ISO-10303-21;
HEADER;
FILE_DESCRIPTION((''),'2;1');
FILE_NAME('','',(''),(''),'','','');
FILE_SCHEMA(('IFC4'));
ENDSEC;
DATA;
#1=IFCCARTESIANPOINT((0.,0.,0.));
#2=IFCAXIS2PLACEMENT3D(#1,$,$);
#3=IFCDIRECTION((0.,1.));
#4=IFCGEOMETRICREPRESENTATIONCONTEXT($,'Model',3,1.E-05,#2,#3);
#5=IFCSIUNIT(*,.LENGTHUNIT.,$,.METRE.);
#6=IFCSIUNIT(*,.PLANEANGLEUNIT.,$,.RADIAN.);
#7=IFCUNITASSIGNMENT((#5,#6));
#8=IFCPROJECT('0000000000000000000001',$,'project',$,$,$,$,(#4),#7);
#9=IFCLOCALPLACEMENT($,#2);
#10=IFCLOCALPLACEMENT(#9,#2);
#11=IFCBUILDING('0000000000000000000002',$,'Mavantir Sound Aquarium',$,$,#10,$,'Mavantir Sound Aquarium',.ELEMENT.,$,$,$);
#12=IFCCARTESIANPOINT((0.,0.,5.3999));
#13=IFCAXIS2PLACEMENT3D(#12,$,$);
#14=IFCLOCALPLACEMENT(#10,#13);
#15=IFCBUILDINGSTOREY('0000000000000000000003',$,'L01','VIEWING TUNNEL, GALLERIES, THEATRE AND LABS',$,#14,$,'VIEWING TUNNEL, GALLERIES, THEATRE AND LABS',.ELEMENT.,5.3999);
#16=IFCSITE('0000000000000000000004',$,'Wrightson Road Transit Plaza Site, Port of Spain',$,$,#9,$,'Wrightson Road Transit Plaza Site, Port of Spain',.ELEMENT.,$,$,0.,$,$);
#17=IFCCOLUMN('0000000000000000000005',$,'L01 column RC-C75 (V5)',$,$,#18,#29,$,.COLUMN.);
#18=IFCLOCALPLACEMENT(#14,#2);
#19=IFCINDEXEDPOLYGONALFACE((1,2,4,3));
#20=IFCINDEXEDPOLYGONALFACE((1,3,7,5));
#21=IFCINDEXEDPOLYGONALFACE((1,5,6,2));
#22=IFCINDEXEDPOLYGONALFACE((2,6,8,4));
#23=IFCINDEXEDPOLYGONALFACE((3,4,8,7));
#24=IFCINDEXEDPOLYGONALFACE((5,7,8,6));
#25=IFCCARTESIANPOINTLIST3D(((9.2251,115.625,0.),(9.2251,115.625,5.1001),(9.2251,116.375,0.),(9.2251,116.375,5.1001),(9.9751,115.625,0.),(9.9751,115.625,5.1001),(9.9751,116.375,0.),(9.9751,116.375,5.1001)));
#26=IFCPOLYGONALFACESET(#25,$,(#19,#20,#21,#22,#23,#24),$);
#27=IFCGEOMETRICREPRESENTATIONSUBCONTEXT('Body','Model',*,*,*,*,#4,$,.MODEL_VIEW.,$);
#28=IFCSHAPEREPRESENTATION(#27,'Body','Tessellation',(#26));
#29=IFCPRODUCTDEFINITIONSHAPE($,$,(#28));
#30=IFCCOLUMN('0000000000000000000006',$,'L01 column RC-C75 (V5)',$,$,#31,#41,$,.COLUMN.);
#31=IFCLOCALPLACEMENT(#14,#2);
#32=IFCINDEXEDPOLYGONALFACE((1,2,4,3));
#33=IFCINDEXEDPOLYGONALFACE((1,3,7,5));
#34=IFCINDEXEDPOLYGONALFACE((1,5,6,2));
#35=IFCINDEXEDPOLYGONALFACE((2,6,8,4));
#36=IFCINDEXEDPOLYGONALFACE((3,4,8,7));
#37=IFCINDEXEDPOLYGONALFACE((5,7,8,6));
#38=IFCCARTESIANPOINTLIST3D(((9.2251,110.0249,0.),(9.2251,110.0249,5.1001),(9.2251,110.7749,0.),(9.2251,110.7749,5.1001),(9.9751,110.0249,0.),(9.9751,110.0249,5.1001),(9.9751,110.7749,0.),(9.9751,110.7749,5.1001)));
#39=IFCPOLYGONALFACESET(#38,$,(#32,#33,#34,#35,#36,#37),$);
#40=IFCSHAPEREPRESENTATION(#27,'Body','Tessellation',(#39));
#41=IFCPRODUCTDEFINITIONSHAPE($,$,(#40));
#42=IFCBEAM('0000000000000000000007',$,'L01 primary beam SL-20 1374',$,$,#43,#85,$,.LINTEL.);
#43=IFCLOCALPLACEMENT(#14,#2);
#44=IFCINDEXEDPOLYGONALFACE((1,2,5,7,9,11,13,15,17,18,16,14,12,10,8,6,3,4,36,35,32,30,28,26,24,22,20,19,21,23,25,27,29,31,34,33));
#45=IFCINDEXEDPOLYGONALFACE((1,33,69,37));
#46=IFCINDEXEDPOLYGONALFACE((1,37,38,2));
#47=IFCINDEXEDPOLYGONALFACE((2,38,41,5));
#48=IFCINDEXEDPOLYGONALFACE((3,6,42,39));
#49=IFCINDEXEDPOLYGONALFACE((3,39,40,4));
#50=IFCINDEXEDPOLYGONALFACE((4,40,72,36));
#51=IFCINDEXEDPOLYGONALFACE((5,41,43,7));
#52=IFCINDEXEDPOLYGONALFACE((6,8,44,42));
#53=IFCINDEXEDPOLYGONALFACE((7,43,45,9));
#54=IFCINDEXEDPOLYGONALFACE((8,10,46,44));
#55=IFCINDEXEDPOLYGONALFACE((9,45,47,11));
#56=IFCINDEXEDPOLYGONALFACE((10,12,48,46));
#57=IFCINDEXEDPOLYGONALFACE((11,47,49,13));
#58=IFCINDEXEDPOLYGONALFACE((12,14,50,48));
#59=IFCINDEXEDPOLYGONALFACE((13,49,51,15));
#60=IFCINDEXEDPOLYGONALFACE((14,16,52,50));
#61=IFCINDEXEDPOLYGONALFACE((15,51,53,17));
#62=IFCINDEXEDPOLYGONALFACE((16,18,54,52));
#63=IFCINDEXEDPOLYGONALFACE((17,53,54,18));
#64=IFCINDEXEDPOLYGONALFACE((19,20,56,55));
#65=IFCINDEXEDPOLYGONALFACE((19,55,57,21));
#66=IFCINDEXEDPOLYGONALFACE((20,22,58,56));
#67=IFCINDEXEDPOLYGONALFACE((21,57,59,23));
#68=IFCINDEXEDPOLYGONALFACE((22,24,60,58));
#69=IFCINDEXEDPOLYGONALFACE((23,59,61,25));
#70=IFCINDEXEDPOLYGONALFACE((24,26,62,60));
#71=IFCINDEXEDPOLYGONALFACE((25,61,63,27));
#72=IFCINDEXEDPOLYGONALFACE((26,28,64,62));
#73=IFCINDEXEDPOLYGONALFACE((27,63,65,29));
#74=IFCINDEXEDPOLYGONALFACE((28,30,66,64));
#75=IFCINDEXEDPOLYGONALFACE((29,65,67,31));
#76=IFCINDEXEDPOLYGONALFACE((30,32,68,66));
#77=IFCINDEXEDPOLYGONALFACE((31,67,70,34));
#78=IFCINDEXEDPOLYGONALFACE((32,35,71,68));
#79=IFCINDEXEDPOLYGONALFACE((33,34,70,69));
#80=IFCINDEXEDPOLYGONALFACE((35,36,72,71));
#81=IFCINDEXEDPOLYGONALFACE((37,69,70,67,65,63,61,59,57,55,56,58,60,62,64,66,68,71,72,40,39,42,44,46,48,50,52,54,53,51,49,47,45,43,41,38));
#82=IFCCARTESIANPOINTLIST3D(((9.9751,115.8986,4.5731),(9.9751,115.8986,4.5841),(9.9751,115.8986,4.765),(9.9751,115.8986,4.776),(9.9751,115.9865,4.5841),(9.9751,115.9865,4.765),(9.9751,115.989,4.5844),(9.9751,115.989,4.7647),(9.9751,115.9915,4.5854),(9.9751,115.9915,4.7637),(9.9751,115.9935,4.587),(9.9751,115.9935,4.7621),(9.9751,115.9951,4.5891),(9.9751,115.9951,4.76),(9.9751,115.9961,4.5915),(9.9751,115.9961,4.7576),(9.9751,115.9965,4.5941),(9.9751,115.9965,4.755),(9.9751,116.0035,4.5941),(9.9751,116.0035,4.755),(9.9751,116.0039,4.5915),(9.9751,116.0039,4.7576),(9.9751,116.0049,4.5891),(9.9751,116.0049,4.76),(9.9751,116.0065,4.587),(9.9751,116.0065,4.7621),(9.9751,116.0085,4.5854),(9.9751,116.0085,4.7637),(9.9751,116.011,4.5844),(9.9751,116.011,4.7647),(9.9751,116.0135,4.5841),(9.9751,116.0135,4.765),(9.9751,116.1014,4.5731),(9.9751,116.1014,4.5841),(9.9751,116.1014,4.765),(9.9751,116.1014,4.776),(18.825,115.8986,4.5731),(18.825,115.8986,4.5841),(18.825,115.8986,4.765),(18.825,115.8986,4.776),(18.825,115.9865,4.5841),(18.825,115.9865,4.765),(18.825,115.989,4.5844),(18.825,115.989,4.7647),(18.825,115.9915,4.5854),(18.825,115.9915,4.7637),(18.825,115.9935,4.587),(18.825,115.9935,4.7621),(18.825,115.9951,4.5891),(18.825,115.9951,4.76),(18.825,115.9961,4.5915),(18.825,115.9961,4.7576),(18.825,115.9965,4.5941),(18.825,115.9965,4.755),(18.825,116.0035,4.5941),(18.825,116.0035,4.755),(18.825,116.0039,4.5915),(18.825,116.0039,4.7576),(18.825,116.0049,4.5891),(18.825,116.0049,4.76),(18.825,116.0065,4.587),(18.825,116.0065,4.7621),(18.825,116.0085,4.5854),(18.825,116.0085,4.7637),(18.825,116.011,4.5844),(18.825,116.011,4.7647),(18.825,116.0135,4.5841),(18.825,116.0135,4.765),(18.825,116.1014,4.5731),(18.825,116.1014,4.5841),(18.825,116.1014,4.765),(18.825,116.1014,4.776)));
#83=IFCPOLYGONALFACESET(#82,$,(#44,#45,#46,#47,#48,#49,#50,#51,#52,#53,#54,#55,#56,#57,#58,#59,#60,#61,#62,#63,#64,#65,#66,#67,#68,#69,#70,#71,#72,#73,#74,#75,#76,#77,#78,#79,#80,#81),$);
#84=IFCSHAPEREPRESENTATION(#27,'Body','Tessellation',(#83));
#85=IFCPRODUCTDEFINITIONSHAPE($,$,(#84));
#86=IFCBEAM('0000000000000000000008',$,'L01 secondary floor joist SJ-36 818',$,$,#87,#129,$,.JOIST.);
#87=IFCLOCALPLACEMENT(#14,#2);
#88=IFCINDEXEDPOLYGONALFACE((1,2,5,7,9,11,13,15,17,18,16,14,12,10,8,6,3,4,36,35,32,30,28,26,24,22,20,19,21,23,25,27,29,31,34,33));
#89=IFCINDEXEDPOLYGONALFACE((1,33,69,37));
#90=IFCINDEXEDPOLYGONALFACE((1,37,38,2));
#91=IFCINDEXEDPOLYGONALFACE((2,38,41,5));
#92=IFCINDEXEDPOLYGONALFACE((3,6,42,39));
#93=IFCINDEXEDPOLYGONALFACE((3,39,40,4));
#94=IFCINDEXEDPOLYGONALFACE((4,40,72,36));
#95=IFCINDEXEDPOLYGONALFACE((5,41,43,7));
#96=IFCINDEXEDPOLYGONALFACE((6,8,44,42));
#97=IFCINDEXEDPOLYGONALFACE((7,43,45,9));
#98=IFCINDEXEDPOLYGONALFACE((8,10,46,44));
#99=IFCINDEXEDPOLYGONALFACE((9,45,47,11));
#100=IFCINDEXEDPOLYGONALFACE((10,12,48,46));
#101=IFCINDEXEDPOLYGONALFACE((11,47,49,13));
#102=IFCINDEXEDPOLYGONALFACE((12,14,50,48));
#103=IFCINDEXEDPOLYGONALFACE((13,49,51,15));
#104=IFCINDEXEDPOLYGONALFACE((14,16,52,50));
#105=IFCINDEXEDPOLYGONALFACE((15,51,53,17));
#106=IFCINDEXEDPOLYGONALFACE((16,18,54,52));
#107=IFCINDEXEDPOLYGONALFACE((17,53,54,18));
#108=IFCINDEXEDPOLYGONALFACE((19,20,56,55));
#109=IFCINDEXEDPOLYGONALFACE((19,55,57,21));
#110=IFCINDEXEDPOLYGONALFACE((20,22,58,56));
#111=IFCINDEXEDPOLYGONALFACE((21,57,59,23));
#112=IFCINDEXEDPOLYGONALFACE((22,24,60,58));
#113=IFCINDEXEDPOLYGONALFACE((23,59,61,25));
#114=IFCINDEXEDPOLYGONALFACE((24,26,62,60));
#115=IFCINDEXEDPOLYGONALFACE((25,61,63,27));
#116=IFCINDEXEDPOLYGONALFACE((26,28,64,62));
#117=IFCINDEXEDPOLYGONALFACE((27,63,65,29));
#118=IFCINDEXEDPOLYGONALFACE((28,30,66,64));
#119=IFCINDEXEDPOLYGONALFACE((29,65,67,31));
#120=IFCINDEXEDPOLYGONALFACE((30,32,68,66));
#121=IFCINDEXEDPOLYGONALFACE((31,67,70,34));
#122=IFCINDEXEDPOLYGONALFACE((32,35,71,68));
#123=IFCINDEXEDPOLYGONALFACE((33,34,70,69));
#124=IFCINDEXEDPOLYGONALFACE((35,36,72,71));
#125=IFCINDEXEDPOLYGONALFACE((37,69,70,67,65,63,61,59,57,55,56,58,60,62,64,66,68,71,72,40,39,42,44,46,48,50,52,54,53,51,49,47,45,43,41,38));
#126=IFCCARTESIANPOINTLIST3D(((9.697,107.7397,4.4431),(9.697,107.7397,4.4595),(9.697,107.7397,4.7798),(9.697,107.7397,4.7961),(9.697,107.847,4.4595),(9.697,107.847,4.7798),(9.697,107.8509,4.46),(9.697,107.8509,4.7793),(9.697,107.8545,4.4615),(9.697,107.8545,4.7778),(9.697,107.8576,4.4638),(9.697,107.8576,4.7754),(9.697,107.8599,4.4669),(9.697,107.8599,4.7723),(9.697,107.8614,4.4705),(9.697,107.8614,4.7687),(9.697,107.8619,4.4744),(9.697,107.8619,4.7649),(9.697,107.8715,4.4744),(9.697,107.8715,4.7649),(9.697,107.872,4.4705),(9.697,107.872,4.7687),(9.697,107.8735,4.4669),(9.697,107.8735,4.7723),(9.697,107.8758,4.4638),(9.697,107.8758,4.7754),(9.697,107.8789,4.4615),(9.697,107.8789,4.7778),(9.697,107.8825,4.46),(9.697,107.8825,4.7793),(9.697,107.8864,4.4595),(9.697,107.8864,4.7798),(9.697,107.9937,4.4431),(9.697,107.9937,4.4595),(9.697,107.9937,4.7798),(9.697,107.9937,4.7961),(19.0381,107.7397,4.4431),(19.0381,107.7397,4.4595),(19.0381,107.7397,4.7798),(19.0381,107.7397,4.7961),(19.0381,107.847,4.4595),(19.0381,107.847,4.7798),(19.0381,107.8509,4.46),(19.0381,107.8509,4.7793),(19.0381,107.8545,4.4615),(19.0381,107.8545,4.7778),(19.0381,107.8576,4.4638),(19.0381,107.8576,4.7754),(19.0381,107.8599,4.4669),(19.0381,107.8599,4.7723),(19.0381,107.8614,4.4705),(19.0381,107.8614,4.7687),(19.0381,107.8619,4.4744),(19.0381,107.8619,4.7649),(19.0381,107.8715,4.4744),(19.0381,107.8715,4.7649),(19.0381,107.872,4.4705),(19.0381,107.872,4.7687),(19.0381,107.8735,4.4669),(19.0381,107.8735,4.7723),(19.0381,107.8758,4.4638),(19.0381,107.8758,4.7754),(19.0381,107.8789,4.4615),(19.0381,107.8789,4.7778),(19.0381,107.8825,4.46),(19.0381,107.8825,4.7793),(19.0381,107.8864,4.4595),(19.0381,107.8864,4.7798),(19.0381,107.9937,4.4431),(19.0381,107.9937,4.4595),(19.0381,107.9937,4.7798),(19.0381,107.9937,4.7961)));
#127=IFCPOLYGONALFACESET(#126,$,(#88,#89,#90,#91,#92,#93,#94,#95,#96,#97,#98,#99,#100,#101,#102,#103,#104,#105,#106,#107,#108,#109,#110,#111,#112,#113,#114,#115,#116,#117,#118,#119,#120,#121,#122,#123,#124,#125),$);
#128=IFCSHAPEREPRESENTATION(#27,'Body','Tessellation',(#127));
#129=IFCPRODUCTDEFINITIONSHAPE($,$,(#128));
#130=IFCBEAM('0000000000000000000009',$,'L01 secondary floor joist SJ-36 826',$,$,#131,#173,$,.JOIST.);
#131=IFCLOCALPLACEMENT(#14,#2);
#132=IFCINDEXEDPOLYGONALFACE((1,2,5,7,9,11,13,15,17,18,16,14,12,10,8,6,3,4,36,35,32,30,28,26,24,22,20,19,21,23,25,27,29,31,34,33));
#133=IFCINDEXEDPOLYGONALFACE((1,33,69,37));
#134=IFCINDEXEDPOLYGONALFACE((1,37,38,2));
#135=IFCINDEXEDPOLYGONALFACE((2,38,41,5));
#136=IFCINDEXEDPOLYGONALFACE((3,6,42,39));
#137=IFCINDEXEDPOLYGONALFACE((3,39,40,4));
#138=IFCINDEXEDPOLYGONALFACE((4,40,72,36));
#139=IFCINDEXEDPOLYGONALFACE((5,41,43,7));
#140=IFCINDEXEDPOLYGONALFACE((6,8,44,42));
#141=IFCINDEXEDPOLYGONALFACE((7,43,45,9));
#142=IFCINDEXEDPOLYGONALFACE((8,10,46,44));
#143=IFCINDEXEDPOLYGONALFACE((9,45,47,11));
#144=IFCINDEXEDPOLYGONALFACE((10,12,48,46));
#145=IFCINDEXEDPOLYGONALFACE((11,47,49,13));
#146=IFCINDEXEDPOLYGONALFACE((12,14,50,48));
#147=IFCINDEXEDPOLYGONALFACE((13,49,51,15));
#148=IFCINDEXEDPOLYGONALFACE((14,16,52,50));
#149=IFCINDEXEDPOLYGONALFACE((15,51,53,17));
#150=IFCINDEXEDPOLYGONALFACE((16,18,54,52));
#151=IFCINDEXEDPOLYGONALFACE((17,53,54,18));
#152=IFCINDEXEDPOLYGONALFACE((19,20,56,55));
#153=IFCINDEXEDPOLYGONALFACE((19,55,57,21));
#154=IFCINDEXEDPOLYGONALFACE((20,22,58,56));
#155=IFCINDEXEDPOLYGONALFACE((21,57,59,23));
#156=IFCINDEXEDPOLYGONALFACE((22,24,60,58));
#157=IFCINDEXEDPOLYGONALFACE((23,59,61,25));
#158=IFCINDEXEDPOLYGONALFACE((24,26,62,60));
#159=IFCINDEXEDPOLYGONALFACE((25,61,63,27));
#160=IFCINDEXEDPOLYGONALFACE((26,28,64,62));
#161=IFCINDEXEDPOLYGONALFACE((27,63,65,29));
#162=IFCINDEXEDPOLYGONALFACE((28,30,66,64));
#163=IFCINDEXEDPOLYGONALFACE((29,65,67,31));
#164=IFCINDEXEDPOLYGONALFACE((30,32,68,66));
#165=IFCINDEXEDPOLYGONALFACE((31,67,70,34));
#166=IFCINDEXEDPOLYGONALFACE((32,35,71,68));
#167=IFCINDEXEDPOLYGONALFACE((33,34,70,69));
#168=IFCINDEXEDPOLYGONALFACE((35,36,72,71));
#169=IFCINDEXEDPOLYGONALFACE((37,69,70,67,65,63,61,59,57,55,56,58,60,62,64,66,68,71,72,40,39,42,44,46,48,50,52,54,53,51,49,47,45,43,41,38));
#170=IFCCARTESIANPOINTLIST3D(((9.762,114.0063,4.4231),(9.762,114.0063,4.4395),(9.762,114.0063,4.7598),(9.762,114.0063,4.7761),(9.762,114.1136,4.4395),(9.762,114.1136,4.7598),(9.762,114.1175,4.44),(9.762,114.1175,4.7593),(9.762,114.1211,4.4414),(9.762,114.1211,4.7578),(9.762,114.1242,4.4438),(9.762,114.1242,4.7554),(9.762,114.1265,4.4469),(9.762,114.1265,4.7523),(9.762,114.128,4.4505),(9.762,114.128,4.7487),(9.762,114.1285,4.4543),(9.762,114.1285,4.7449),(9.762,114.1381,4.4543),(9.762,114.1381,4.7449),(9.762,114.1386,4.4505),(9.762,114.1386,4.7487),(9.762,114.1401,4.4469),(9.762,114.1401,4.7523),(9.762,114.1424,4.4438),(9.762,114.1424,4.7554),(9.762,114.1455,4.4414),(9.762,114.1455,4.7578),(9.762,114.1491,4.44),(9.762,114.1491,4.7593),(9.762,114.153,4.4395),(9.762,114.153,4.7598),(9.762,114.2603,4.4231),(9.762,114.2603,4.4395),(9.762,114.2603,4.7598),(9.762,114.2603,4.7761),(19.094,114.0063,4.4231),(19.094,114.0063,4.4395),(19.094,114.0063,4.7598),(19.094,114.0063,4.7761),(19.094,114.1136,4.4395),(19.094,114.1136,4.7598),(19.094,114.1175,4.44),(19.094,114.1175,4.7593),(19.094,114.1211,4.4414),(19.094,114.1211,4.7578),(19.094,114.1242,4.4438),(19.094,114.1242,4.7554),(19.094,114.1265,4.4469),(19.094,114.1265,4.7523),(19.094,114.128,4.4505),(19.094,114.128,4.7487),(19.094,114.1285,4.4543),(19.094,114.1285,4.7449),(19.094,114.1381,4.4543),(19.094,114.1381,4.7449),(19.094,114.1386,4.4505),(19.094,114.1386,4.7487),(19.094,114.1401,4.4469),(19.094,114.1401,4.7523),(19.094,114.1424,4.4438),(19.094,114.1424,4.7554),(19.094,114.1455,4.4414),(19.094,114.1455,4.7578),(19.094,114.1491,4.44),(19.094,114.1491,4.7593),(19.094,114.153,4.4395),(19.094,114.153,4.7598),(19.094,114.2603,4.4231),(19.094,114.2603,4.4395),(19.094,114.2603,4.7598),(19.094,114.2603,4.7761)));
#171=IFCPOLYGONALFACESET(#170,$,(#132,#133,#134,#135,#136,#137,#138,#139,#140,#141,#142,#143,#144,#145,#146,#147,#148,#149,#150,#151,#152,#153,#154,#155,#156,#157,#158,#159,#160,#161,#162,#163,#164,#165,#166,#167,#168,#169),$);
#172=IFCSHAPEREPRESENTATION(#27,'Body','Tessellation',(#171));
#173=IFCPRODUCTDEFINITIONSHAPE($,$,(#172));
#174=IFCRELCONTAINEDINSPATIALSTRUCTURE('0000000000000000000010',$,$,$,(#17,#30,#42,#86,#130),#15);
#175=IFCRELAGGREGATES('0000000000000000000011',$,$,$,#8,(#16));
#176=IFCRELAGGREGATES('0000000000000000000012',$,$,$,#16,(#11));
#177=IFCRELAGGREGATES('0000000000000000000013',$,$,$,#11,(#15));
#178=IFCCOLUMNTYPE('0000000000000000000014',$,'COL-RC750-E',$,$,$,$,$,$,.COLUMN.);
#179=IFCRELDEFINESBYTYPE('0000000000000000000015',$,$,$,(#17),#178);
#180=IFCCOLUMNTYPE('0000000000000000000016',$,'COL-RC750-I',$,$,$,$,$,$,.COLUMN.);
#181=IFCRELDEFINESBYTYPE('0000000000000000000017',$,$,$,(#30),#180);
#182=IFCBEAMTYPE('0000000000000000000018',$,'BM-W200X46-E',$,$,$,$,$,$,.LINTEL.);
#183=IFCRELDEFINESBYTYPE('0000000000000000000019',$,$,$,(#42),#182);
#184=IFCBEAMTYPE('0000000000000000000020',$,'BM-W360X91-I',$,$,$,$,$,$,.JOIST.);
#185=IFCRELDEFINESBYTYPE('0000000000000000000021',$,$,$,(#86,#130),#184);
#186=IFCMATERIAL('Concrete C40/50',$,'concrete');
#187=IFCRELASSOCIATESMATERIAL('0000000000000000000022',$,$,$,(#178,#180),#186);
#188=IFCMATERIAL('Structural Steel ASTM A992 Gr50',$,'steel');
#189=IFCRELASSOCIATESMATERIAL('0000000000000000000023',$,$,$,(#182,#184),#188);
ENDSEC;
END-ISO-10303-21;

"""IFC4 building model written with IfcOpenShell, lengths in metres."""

from ifc_helpers import new_model, si_unit, direction, frame, origin, origin_2d, place, context, subcontext, project, spatial, rectangle, i_section, extrude, material, material_profile, profile_set, type_object, element, save


model = new_model("IFC4")

# Units and contexts
model_context = context("Model", 3, precision=1e-05, world=origin(), true_north=direction((0.0, 1.0)))
body_context = subcontext(model_context, "Body", "Model", "MODEL_VIEW")
ifc_project = project(units=[si_unit("LENGTHUNIT", "METRE"), si_unit("PLANEANGLEUNIT", "RADIAN")], contexts=[model_context])

# Site, building, storey
site_placement = place(None, origin())
site = spatial("IfcSite", under=ifc_project, at=site_placement, Name="Wrightson Road Transit Plaza Site, Port of Spain", LongName="Wrightson Road Transit Plaza Site, Port of Spain", CompositionType="ELEMENT", RefElevation=0.0)
building_placement = place(site_placement, origin())
building = spatial("IfcBuilding", under=site, at=building_placement, Name="Mavantir Sound Aquarium", LongName="Mavantir Sound Aquarium", CompositionType="ELEMENT")
storey_placement = place(building_placement, frame((0.0, 0.0, 5.3999)))
storey = spatial("IfcBuildingStorey", under=building, at=storey_placement, Name="L01", Description="VIEWING TUNNEL, GALLERIES, THEATRE AND LABS", LongName="VIEWING TUNNEL, GALLERIES, THEATRE AND LABS", CompositionType="ELEMENT", Elevation=5.3999)

# Columns
ifc_material_1 = material(Name="Concrete C40/50", Category="concrete")
ifc_material_profile_1 = material_profile(ifc_material_1, rectangle(XDim=0.75, YDim=0.75, at=origin_2d()), Name="RC 750X750")
ifc_profile_set_1 = profile_set([ifc_material_profile_1], Name="Concrete C40/50")
column_type_1 = type_object("IfcColumnType", Name="COL-RC750-E", PredefinedType="COLUMN", material=ifc_profile_set_1)
column_1_placement = place(storey_placement, frame((9.6001, 116.0, 0.0), z_axis=(0.0, 0.0, 1.0), x_axis=(1.0, 0.0, 0.0)))
element("IfcColumn", 1, at=column_1_placement, inside=storey, type_object=column_type_1, Name="L01 column RC-C75 (V5)", PredefinedType="COLUMN", context=body_context, shape_type="SweptSolid", body=[
    extrude(rectangle(XDim=0.75, YDim=0.75, at=origin_2d()), origin(), (0.0, 0.0, 1.0), 5.1001),
])
ifc_material_profile_2 = material_profile(ifc_material_1, rectangle(XDim=0.75, YDim=0.75, at=origin_2d()), Name="RC 750X750")
ifc_profile_set_2 = profile_set([ifc_material_profile_2], Name="Concrete C40/50")
column_type_2 = type_object("IfcColumnType", Name="COL-RC750-I", PredefinedType="COLUMN", material=ifc_profile_set_2)
column_2_placement = place(storey_placement, frame((9.6001, 110.3999, 0.0), z_axis=(0.0, 0.0, 1.0), x_axis=(1.0, 0.0, 0.0)))
element("IfcColumn", 2, at=column_2_placement, inside=storey, type_object=column_type_2, Name="L01 column RC-C75 (V5)", PredefinedType="COLUMN", context=body_context, shape_type="SweptSolid", body=[
    extrude(rectangle(XDim=0.75, YDim=0.75, at=origin_2d()), origin(), (0.0, 0.0, 1.0), 5.1001),
])

# Beams
ifc_material_2 = material(Name="Structural Steel ASTM A992 Gr50", Category="steel")
ifc_material_profile_3 = material_profile(ifc_material_2, i_section(OverallWidth=0.2029, OverallDepth=0.2029, WebThickness=0.0071, FlangeThickness=0.011, FilletRadius=0.01, at=origin_2d()), Name="W200X46")
ifc_profile_set_3 = profile_set([ifc_material_profile_3], Name="Structural Steel ASTM A992 Gr50")
beam_type_1 = type_object("IfcBeamType", Name="BM-W200X46-E", PredefinedType="LINTEL", material=ifc_profile_set_3)
beam_1_placement = place(storey_placement, frame((9.9751, 116.0, 4.6746), z_axis=(1.0, 0.0, 0.0), x_axis=(0.0, 1.0, 0.0)))
element("IfcBeam", 3, at=beam_1_placement, inside=storey, type_object=beam_type_1, Name="L01 primary beam SL-20 1374", PredefinedType="LINTEL", context=body_context, shape_type="SweptSolid", body=[
    extrude(i_section(OverallWidth=0.2029, OverallDepth=0.2029, WebThickness=0.0071, FlangeThickness=0.011, FilletRadius=0.01, at=origin_2d()), origin(), (0.0, 0.0, 1.0), 8.8499),
])
ifc_material_profile_4 = material_profile(ifc_material_2, i_section(OverallWidth=0.2539, OverallDepth=0.353, WebThickness=0.0095, FlangeThickness=0.0164, FilletRadius=0.0149, at=origin_2d()), Name="W360X91")
ifc_profile_set_4 = profile_set([ifc_material_profile_4], Name="Structural Steel ASTM A992 Gr50")
beam_type_2 = type_object("IfcBeamType", Name="BM-W360X91-I", PredefinedType="JOIST", material=ifc_profile_set_4)
beam_2_placement = place(storey_placement, frame((9.697, 107.8667, 4.6196), z_axis=(1.0, 0.0, 0.0), x_axis=(0.0, 1.0, 0.0)))
element("IfcBeam", 4, at=beam_2_placement, inside=storey, type_object=beam_type_2, Name="L01 secondary floor joist SJ-36 818", PredefinedType="JOIST", context=body_context, shape_type="SweptSolid", body=[
    extrude(i_section(OverallWidth=0.2539, OverallDepth=0.353, WebThickness=0.0095, FlangeThickness=0.0164, FilletRadius=0.0149, at=origin_2d()), origin(), (0.0, 0.0, 1.0), 9.3411),
])
beam_3_placement = place(storey_placement, frame((9.762, 114.1333, 4.5996), z_axis=(1.0, 0.0, 0.0), x_axis=(0.0, 1.0, 0.0)))
element("IfcBeam", 5, at=beam_3_placement, inside=storey, type_object=beam_type_2, Name="L01 secondary floor joist SJ-36 826", PredefinedType="JOIST", context=body_context, shape_type="SweptSolid", body=[
    extrude(i_section(OverallWidth=0.2539, OverallDepth=0.353, WebThickness=0.0095, FlangeThickness=0.0164, FilletRadius=0.0149, at=origin_2d()), origin(), (0.0, 0.0, 1.0), 9.332),
])

save(model, "model.ifc")
